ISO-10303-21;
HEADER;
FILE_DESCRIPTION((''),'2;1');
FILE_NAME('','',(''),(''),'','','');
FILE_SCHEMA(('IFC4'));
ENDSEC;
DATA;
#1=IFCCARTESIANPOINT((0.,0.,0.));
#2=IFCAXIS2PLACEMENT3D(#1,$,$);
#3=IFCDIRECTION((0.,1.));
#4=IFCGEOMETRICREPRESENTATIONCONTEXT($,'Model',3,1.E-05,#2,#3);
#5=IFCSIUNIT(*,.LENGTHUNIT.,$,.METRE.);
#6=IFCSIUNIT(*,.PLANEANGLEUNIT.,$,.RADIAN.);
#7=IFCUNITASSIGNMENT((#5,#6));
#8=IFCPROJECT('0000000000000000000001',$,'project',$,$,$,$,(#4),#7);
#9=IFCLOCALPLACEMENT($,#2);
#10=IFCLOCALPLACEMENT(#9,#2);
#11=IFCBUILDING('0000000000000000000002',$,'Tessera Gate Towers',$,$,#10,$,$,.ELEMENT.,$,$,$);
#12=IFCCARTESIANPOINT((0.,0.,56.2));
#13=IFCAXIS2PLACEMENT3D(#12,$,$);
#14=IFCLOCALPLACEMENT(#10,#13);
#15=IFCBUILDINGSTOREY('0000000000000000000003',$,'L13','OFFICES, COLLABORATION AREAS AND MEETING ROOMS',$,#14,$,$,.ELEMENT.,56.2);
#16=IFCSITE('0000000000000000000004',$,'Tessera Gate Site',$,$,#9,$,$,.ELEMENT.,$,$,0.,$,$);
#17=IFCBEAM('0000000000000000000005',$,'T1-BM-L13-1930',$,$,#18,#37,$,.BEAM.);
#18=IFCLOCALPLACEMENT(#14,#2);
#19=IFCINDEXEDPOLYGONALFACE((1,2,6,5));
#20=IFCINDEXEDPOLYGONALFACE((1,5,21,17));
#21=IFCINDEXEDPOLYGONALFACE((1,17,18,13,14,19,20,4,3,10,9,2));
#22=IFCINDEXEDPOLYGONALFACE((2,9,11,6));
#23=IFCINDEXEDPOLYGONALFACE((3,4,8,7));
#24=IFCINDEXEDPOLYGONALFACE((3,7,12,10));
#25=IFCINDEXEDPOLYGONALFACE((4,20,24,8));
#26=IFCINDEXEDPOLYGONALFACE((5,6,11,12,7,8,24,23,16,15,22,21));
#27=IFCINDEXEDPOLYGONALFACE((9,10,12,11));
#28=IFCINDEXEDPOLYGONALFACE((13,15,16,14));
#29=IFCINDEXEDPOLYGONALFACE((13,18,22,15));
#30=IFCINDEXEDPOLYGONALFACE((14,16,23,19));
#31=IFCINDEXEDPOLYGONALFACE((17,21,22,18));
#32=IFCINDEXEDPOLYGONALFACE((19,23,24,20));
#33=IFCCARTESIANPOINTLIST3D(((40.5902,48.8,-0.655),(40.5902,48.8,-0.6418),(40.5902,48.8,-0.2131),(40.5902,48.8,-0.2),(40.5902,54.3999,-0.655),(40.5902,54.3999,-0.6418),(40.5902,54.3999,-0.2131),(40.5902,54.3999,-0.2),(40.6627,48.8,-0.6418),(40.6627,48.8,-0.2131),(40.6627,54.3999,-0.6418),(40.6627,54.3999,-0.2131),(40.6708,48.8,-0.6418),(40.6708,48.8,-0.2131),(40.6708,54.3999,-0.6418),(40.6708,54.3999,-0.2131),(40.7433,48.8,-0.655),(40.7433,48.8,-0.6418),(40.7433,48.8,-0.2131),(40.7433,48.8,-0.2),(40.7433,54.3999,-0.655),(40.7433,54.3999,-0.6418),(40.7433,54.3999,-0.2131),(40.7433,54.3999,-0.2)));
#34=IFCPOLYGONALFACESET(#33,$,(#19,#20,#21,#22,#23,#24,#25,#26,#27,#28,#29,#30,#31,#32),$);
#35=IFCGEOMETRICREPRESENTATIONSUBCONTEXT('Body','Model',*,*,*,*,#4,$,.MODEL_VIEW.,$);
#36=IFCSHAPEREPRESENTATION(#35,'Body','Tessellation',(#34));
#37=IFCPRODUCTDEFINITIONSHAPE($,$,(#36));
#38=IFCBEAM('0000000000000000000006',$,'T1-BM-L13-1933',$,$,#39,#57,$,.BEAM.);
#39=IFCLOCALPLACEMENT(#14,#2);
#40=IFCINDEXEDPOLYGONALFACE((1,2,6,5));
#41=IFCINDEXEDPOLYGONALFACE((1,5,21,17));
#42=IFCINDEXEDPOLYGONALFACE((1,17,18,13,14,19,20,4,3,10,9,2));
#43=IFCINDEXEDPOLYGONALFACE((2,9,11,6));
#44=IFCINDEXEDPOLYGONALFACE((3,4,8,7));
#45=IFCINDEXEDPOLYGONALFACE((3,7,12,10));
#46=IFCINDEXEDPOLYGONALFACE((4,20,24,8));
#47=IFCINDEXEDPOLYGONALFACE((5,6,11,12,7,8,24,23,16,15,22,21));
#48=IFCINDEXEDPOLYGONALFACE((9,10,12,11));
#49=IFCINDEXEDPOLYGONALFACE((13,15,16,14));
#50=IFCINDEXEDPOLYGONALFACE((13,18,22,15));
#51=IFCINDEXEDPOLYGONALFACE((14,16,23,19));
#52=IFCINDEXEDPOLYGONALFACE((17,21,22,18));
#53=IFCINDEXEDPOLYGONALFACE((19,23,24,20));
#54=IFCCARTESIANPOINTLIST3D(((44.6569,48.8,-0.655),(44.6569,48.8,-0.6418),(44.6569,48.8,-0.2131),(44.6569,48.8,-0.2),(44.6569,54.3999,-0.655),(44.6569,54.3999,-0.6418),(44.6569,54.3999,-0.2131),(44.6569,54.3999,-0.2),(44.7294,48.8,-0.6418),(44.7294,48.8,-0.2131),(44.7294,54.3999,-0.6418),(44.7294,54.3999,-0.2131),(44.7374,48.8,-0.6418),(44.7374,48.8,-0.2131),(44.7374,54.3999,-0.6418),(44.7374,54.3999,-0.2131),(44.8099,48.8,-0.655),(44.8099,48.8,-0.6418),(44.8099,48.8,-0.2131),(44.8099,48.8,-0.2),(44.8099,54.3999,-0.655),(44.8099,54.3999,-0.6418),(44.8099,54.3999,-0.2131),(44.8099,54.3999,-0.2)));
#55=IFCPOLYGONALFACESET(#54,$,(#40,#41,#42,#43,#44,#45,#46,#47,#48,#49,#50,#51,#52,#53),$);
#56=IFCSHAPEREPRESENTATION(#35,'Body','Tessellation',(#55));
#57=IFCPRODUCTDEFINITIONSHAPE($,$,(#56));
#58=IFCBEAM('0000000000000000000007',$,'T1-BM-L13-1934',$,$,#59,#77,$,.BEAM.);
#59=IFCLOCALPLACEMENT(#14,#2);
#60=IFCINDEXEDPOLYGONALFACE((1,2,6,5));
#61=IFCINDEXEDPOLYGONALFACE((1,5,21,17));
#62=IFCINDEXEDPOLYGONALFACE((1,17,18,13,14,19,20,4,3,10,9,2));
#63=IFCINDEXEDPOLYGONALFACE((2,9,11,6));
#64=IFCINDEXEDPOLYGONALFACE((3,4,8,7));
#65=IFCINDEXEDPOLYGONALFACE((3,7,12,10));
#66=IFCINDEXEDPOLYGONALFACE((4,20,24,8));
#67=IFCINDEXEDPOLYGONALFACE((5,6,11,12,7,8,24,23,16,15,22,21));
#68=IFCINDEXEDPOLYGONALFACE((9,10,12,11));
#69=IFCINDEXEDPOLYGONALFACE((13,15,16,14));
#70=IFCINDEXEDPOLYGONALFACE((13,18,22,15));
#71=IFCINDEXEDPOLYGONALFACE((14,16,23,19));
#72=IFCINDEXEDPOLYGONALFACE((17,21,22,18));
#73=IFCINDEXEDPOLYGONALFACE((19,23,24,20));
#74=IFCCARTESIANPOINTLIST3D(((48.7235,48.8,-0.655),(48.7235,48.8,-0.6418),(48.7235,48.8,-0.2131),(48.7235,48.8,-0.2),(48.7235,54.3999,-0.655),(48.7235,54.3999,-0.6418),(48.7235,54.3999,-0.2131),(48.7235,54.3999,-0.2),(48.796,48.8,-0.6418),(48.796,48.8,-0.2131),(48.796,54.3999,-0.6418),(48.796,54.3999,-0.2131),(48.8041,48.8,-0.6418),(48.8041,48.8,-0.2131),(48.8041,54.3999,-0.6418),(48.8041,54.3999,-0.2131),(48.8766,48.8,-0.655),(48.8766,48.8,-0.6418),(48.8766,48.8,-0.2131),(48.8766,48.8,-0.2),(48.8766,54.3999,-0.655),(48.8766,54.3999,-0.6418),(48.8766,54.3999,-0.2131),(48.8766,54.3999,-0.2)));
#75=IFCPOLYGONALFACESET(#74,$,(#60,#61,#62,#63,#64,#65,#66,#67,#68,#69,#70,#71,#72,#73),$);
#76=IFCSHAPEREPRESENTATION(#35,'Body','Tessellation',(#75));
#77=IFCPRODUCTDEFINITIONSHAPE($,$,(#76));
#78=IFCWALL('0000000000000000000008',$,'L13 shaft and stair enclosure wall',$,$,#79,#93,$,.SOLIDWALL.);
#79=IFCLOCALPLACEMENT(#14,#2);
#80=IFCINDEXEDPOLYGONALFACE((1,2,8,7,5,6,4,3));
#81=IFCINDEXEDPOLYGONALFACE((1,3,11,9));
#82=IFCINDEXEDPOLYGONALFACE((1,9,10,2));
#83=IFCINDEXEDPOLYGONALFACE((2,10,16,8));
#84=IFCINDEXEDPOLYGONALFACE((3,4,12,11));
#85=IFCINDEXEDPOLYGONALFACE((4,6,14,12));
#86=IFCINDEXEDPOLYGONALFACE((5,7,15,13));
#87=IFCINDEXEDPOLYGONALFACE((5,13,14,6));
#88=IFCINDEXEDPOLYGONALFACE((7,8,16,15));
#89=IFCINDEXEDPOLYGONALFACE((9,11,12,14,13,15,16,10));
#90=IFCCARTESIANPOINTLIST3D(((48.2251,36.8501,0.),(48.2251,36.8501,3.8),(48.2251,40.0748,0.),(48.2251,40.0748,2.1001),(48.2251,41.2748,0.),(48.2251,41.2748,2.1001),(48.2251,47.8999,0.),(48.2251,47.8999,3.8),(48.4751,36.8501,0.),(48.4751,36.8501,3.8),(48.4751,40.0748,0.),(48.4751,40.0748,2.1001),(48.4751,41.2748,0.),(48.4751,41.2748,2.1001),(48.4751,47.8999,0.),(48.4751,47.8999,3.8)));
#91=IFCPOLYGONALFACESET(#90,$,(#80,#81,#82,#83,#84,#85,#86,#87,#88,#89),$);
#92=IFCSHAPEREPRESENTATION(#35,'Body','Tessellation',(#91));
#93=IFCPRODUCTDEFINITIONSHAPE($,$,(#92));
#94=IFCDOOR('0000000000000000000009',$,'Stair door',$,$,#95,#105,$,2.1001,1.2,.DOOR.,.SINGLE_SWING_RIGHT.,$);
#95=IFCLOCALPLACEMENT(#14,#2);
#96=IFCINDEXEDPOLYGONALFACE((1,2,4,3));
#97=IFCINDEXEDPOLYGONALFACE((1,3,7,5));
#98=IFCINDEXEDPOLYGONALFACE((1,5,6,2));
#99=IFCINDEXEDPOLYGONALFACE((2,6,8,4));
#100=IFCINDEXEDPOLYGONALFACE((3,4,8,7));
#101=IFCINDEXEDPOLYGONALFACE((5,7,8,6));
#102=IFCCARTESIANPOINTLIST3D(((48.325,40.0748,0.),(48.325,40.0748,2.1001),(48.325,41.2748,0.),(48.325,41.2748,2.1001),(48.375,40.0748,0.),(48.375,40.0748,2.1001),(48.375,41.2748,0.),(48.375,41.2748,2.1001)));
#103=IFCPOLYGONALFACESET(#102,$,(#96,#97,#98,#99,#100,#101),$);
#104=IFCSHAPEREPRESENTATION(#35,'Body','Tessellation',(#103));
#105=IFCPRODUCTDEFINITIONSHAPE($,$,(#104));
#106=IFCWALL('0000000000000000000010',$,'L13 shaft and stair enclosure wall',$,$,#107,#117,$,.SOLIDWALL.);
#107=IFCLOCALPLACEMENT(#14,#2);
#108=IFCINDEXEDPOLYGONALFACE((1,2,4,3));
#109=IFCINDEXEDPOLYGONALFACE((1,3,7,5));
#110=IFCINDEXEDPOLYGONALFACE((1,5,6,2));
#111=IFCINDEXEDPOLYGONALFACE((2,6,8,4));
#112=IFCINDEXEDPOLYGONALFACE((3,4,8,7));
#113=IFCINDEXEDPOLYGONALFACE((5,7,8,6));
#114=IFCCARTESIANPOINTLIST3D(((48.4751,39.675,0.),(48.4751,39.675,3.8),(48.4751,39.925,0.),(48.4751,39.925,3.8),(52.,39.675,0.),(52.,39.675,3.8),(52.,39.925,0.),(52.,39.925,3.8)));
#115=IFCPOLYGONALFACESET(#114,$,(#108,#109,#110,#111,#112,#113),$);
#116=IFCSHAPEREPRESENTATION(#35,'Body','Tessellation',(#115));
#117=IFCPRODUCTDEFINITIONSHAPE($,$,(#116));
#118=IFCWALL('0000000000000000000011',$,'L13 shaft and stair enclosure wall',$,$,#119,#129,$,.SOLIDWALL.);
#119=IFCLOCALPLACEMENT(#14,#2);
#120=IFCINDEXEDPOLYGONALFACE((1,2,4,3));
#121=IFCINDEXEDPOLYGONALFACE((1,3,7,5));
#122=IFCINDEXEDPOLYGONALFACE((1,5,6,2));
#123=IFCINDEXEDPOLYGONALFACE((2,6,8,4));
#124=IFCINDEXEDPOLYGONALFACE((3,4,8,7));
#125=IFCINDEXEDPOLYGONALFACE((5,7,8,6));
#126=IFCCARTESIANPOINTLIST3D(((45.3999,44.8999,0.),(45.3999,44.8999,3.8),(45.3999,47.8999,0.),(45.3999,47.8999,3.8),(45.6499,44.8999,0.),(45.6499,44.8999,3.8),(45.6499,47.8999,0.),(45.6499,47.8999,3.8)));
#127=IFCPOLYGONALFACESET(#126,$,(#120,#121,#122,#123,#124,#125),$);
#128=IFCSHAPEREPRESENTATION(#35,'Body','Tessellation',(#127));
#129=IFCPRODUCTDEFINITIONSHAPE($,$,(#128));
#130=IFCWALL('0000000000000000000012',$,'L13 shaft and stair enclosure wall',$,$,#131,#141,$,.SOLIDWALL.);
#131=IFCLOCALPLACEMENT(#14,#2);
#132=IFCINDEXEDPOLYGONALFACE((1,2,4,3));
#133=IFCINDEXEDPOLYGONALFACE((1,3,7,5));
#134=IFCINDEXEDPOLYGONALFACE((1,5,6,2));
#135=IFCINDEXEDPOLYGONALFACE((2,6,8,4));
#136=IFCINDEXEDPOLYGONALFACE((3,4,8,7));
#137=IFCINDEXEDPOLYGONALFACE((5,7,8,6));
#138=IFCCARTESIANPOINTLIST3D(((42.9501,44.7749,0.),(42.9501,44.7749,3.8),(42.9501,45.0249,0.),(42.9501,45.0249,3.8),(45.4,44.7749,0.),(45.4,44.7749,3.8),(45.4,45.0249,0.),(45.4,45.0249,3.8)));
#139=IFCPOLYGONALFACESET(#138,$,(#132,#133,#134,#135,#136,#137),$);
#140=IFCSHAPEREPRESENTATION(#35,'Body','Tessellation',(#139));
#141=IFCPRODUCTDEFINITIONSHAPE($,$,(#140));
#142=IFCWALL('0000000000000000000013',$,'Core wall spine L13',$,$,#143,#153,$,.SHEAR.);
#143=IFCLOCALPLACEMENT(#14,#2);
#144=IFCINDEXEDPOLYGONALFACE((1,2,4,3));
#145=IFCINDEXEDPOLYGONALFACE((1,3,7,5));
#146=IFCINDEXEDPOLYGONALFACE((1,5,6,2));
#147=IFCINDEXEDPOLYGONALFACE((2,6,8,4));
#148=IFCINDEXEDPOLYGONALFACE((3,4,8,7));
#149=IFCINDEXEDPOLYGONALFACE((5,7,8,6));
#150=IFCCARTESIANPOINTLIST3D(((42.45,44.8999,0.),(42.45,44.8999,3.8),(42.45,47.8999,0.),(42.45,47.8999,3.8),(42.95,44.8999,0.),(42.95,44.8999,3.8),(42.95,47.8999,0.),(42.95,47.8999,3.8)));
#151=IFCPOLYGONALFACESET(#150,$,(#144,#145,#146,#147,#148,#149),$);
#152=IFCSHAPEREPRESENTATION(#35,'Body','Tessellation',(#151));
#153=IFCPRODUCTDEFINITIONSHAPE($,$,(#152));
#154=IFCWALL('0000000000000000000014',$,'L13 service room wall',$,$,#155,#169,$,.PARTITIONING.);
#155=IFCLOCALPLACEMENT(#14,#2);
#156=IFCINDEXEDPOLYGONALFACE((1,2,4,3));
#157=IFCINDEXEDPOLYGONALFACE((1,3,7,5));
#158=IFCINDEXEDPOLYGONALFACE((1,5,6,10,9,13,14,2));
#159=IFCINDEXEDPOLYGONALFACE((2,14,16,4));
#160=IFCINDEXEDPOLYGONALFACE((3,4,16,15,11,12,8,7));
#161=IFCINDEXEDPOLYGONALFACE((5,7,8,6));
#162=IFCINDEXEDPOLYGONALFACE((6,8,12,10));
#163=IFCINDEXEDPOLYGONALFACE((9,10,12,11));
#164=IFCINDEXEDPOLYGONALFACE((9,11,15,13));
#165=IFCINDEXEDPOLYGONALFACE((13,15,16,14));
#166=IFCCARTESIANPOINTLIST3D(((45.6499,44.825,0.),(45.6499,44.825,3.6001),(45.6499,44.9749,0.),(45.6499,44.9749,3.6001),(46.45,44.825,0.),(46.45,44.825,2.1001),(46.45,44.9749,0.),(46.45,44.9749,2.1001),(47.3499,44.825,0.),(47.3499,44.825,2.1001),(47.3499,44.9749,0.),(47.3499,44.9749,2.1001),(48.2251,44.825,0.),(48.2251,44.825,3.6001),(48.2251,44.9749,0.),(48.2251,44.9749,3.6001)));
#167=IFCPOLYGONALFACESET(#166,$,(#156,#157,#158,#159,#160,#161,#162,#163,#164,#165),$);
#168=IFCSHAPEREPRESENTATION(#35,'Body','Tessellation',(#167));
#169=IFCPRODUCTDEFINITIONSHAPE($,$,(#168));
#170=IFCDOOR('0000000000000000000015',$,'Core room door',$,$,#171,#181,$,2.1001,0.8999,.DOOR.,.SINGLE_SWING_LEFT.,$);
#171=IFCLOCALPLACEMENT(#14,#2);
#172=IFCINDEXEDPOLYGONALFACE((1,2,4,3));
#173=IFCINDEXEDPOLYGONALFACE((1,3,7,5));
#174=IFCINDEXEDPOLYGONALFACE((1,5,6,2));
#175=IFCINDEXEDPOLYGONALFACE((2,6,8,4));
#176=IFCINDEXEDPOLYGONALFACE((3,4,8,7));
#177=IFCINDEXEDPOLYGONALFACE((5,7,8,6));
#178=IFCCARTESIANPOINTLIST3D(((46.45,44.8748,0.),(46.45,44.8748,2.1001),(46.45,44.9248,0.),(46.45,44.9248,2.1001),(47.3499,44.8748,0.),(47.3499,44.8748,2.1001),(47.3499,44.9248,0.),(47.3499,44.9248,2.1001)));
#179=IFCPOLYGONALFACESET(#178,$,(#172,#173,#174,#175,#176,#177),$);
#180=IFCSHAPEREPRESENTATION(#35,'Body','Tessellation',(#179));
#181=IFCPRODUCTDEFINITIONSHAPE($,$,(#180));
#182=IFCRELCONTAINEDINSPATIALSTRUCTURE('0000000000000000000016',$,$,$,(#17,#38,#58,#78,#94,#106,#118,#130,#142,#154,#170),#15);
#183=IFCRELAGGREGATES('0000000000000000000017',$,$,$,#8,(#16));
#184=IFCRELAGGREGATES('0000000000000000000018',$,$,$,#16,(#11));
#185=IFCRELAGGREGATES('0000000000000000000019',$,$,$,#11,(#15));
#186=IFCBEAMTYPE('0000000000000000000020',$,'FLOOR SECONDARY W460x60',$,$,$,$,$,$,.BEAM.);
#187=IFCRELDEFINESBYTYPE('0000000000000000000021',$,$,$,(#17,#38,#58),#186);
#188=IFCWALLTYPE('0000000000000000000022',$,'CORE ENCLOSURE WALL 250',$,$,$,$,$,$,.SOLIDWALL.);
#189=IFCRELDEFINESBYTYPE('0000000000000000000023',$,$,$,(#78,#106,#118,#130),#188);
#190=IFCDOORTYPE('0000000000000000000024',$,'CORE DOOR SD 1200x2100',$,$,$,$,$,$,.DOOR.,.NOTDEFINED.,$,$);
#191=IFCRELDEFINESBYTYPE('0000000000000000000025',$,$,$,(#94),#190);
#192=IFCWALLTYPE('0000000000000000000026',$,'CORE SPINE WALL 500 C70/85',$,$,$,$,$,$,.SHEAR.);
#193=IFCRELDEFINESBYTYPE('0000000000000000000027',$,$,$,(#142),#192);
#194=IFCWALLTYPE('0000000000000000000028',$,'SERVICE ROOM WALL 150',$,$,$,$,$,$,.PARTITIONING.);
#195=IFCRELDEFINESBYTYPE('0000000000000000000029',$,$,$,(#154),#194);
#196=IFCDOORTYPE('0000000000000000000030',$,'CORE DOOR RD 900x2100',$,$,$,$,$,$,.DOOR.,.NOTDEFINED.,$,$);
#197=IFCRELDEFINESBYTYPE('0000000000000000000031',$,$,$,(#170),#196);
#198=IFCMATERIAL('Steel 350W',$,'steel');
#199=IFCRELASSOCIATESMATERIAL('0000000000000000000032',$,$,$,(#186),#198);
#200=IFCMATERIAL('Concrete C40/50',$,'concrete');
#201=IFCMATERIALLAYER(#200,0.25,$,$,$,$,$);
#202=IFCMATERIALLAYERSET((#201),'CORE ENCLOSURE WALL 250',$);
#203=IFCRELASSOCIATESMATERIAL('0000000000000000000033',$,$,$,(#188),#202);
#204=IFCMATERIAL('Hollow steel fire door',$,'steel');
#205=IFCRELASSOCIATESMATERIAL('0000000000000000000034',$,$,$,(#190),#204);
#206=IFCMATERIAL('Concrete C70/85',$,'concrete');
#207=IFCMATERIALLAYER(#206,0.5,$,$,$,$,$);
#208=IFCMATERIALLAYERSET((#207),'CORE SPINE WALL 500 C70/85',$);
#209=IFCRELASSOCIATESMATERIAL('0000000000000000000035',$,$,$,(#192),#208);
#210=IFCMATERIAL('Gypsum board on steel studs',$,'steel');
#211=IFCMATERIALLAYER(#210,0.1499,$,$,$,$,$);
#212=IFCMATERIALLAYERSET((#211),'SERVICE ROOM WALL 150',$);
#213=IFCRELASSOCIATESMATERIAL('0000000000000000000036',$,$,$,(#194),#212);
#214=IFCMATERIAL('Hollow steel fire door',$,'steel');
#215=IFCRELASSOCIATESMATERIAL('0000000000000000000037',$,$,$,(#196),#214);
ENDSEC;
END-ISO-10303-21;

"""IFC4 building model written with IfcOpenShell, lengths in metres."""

from ifc_helpers import new_model, si_unit, direction, frame, frame_2d, origin, origin_2d, place, context, subcontext, project, spatial, rectangle, i_section, extrude, source, transform, mapped, material, layer, layer_set, material_profile, profile_set, type_object, element, fill, save


model = new_model("IFC4")

# Units and contexts
model_context = context("Model", 3, precision=1e-05, world=origin(), true_north=direction((0.0, 1.0)))
body_context = subcontext(model_context, "Body", "Model", "MODEL_VIEW")
ifc_project = project(units=[si_unit("LENGTHUNIT", "METRE"), si_unit("PLANEANGLEUNIT", "RADIAN")], contexts=[model_context])

# Site, building, storey
site_placement = place(None, origin())
site = spatial("IfcSite", under=ifc_project, at=site_placement, Name="Tessera Gate Site", CompositionType="ELEMENT", RefElevation=0.0)
building_placement = place(site_placement, origin())
building = spatial("IfcBuilding", under=site, at=building_placement, Name="Tessera Gate Towers", CompositionType="ELEMENT")
storey_placement = place(building_placement, frame((0.0, 0.0, 56.2)))
storey = spatial("IfcBuildingStorey", under=building, at=storey_placement, Name="L13", Description="OFFICES, COLLABORATION AREAS AND MEETING ROOMS", CompositionType="ELEMENT", Elevation=56.2)

# Beams
ifc_material_1 = material(Name="Steel 350W", Category="steel")
ifc_material_profile = material_profile(ifc_material_1, i_section(OverallWidth=0.1531, OverallDepth=0.4551, WebThickness=0.0081, FlangeThickness=0.0132, at=origin_2d()), Name="W460x60")
ifc_profile_set = profile_set([ifc_material_profile], Name="Steel 350W")
beam_type = type_object("IfcBeamType", Name="FLOOR SECONDARY W460x60", PredefinedType="BEAM", material=ifc_profile_set)
for number, where, z_axis, x_axis, name in (
    (1, (40.6667, 48.8, -0.4275), (0.0, 1.0, 0.0), (-1.0, 0.0, 0.0), "T1-BM-L13-1930"),
    (2, (44.7334, 48.8, -0.4275), (0.0, 1.0, 0.0), (-1.0, 0.0, 0.0), "T1-BM-L13-1933"),
    (3, (48.8, 48.8, -0.4275), (0.0, 1.0, 0.0), (-1.0, 0.0, 0.0), "T1-BM-L13-1934"),
):
    element("IfcBeam", number, at=place(storey_placement, frame(where, z_axis=z_axis, x_axis=x_axis)), inside=storey, type_object=beam_type, Name=name, PredefinedType="BEAM", context=body_context, shape_type="SweptSolid", body=[
        extrude(i_section(OverallWidth=0.1531, OverallDepth=0.4551, WebThickness=0.0081, FlangeThickness=0.0132, at=origin_2d()), origin(), (0.0, 0.0, 1.0), 5.5999),
    ])

# Wall, opening, door
ifc_material_2 = material(Name="Concrete C40/50", Category="concrete")
ifc_layer_1 = layer(ifc_material_2, 0.25)
ifc_layer_set_1 = layer_set([ifc_layer_1], Name="CORE ENCLOSURE WALL 250")
wall_type_1 = type_object("IfcWallType", Name="CORE ENCLOSURE WALL 250", PredefinedType="SOLIDWALL", material=ifc_layer_set_1)
wall_1_placement = place(storey_placement, frame((48.3501, 47.8999, 0.0), z_axis=(0.0, 0.0, 1.0), x_axis=(0.0, -1.0, 0.0)))
wall_1 = element("IfcWall", 4, at=wall_1_placement, inside=storey, type_object=wall_type_1, Name="L13 shaft and stair enclosure wall", PredefinedType="SOLIDWALL", context=body_context, shape_type="SweptSolid", body=[
    extrude(rectangle(XDim=11.0498, YDim=0.25, at=frame_2d((5.5249, 0.0))), origin(), (0.0, 0.0, 1.0), 3.8),
])
shared_shape_1 = source(origin(), body_context, "Body", "SweptSolid", [
    extrude(rectangle(XDim=1.2, YDim=2.1001, at=frame_2d((0.6001, 1.05))), frame((0.0, 0.135, 0.0), z_axis=(0.0, -1.0, 0.0), x_axis=(1.0, 0.0, 0.0)), (0.0, 0.0, 1.0), 0.27),
])
opening_1_placement = place(wall_1_placement, frame((6.625, 0.0, 0.0)))
opening_1 = element("IfcOpeningElement", 5, at=opening_1_placement, cuts=wall_1, PredefinedType="OPENING", context=body_context, shape_type="MappedRepresentation", body=[
    mapped(shared_shape_1, transform((0.0, 0.0, 0.0), scale=1.0)),
])
ifc_material_3 = material(Name="Hollow steel fire door", Category="steel")
door_type_1 = type_object("IfcDoorType", Name="CORE DOOR SD 1200x2100", OperationType="NOTDEFINED", PredefinedType="DOOR", material=ifc_material_3)
shared_shape_2 = source(origin(), body_context, "Body", "SweptSolid", [
    extrude(rectangle(XDim=1.2, YDim=2.1001, at=frame_2d((0.6001, 1.05))), frame((0.0, 0.0249, 0.0), z_axis=(0.0, -1.0, 0.0), x_axis=(1.0, 0.0, 0.0)), (0.0, 0.0, 1.0), 0.05),
])
door_1_placement = place(opening_1_placement, origin())
door_1 = element("IfcDoor", 6, at=door_1_placement, inside=storey, type_object=door_type_1, Name="Stair door", OperationType="SINGLE_SWING_RIGHT", OverallHeight=2.1001, OverallWidth=1.2, PredefinedType="DOOR", context=body_context, shape_type="MappedRepresentation", body=[
    mapped(shared_shape_2, transform((0.0, 0.0, 0.0), scale=1.0)),
])
fill(opening_1, door_1)

# Walls
wall_2_placement = place(storey_placement, frame((48.4751, 39.8, 0.0), z_axis=(0.0, 0.0, 1.0), x_axis=(1.0, 0.0, 0.0)))
element("IfcWall", 7, at=wall_2_placement, inside=storey, type_object=wall_type_1, Name="L13 shaft and stair enclosure wall", PredefinedType="SOLIDWALL", context=body_context, shape_type="SweptSolid", body=[
    extrude(rectangle(XDim=3.5249, YDim=0.25, at=frame_2d((1.7625, 0.0))), origin(), (0.0, 0.0, 1.0), 3.8),
])
wall_3_placement = place(storey_placement, frame((45.5249, 44.8999, 0.0), z_axis=(0.0, 0.0, 1.0), x_axis=(0.0, 1.0, 0.0)))
element("IfcWall", 8, at=wall_3_placement, inside=storey, type_object=wall_type_1, Name="L13 shaft and stair enclosure wall", PredefinedType="SOLIDWALL", context=body_context, shape_type="SweptSolid", body=[
    extrude(rectangle(XDim=3.0, YDim=0.25, at=frame_2d((1.5, 0.0))), origin(), (0.0, 0.0, 1.0), 3.8),
])
wall_4_placement = place(storey_placement, frame((42.95, 44.8999, 0.0), z_axis=(0.0, 0.0, 1.0), x_axis=(1.0, 0.0, 0.0)))
element("IfcWall", 9, at=wall_4_placement, inside=storey, type_object=wall_type_1, Name="L13 shaft and stair enclosure wall", PredefinedType="SOLIDWALL", context=body_context, shape_type="SweptSolid", body=[
    extrude(rectangle(XDim=2.45, YDim=0.25, at=frame_2d((1.2251, 0.0))), origin(), (0.0, 0.0, 1.0), 3.8),
])
ifc_material_4 = material(Name="Concrete C70/85", Category="concrete")
ifc_layer_2 = layer(ifc_material_4, 0.5)
ifc_layer_set_2 = layer_set([ifc_layer_2], Name="CORE SPINE WALL 500 C70/85")
wall_type_2 = type_object("IfcWallType", Name="CORE SPINE WALL 500 C70/85", PredefinedType="SHEAR", material=ifc_layer_set_2)
wall_5_placement = place(storey_placement, frame((42.7, 44.8999, 0.0), z_axis=(0.0, 0.0, 1.0), x_axis=(0.0, 1.0, 0.0)))
element("IfcWall", 10, at=wall_5_placement, inside=storey, type_object=wall_type_2, Name="Core wall spine L13", PredefinedType="SHEAR", context=body_context, shape_type="SweptSolid", body=[
    extrude(rectangle(XDim=3.0, YDim=0.5, at=frame_2d((1.5, 0.0))), origin(), (0.0, 0.0, 1.0), 3.8),
])

# Wall, opening, door
ifc_material_5 = material(Name="Gypsum board on steel studs", Category="steel")
ifc_layer_3 = layer(ifc_material_5, 0.1499)
ifc_layer_set_3 = layer_set([ifc_layer_3], Name="SERVICE ROOM WALL 150")
wall_type_3 = type_object("IfcWallType", Name="SERVICE ROOM WALL 150", PredefinedType="PARTITIONING", material=ifc_layer_set_3)
wall_6_placement = place(storey_placement, frame((45.6499, 44.8999, 0.0), z_axis=(0.0, 0.0, 1.0), x_axis=(1.0, 0.0, 0.0)))
wall_6 = element("IfcWall", 11, at=wall_6_placement, inside=storey, type_object=wall_type_3, Name="L13 service room wall", PredefinedType="PARTITIONING", context=body_context, shape_type="SweptSolid", body=[
    extrude(rectangle(XDim=2.5752, YDim=0.1499, at=frame_2d((1.2876, 0.0))), origin(), (0.0, 0.0, 1.0), 3.6001),
])
shared_shape_3 = source(origin(), body_context, "Body", "SweptSolid", [
    extrude(rectangle(XDim=0.8999, YDim=2.1001, at=frame_2d((0.45, 1.05))), frame((0.0, 0.085, 0.0), z_axis=(0.0, -1.0, 0.0), x_axis=(1.0, 0.0, 0.0)), (0.0, 0.0, 1.0), 0.1699),
])
opening_2_placement = place(wall_6_placement, frame((0.8, 0.0, 0.0)))
opening_2 = element("IfcOpeningElement", 12, at=opening_2_placement, cuts=wall_6, PredefinedType="OPENING", context=body_context, shape_type="MappedRepresentation", body=[
    mapped(shared_shape_3, transform((0.0, 0.0, 0.0), scale=1.0)),
])
ifc_material_6 = material(Name="Hollow steel fire door", Category="steel")
door_type_2 = type_object("IfcDoorType", Name="CORE DOOR RD 900x2100", OperationType="NOTDEFINED", PredefinedType="DOOR", material=ifc_material_6)
shared_shape_4 = source(origin(), body_context, "Body", "SweptSolid", [
    extrude(rectangle(XDim=0.8999, YDim=2.1001, at=frame_2d((0.45, 1.05))), frame((0.0, 0.0249, 0.0), z_axis=(0.0, -1.0, 0.0), x_axis=(1.0, 0.0, 0.0)), (0.0, 0.0, 1.0), 0.05),
])
door_2_placement = place(opening_2_placement, origin())
door_2 = element("IfcDoor", 13, at=door_2_placement, inside=storey, type_object=door_type_2, Name="Core room door", OperationType="SINGLE_SWING_LEFT", OverallHeight=2.1001, OverallWidth=0.8999, PredefinedType="DOOR", context=body_context, shape_type="MappedRepresentation", body=[
    mapped(shared_shape_4, transform((0.0, 0.0, 0.0), scale=1.0)),
])
fill(opening_2, door_2)

save(model, "model.ifc")
